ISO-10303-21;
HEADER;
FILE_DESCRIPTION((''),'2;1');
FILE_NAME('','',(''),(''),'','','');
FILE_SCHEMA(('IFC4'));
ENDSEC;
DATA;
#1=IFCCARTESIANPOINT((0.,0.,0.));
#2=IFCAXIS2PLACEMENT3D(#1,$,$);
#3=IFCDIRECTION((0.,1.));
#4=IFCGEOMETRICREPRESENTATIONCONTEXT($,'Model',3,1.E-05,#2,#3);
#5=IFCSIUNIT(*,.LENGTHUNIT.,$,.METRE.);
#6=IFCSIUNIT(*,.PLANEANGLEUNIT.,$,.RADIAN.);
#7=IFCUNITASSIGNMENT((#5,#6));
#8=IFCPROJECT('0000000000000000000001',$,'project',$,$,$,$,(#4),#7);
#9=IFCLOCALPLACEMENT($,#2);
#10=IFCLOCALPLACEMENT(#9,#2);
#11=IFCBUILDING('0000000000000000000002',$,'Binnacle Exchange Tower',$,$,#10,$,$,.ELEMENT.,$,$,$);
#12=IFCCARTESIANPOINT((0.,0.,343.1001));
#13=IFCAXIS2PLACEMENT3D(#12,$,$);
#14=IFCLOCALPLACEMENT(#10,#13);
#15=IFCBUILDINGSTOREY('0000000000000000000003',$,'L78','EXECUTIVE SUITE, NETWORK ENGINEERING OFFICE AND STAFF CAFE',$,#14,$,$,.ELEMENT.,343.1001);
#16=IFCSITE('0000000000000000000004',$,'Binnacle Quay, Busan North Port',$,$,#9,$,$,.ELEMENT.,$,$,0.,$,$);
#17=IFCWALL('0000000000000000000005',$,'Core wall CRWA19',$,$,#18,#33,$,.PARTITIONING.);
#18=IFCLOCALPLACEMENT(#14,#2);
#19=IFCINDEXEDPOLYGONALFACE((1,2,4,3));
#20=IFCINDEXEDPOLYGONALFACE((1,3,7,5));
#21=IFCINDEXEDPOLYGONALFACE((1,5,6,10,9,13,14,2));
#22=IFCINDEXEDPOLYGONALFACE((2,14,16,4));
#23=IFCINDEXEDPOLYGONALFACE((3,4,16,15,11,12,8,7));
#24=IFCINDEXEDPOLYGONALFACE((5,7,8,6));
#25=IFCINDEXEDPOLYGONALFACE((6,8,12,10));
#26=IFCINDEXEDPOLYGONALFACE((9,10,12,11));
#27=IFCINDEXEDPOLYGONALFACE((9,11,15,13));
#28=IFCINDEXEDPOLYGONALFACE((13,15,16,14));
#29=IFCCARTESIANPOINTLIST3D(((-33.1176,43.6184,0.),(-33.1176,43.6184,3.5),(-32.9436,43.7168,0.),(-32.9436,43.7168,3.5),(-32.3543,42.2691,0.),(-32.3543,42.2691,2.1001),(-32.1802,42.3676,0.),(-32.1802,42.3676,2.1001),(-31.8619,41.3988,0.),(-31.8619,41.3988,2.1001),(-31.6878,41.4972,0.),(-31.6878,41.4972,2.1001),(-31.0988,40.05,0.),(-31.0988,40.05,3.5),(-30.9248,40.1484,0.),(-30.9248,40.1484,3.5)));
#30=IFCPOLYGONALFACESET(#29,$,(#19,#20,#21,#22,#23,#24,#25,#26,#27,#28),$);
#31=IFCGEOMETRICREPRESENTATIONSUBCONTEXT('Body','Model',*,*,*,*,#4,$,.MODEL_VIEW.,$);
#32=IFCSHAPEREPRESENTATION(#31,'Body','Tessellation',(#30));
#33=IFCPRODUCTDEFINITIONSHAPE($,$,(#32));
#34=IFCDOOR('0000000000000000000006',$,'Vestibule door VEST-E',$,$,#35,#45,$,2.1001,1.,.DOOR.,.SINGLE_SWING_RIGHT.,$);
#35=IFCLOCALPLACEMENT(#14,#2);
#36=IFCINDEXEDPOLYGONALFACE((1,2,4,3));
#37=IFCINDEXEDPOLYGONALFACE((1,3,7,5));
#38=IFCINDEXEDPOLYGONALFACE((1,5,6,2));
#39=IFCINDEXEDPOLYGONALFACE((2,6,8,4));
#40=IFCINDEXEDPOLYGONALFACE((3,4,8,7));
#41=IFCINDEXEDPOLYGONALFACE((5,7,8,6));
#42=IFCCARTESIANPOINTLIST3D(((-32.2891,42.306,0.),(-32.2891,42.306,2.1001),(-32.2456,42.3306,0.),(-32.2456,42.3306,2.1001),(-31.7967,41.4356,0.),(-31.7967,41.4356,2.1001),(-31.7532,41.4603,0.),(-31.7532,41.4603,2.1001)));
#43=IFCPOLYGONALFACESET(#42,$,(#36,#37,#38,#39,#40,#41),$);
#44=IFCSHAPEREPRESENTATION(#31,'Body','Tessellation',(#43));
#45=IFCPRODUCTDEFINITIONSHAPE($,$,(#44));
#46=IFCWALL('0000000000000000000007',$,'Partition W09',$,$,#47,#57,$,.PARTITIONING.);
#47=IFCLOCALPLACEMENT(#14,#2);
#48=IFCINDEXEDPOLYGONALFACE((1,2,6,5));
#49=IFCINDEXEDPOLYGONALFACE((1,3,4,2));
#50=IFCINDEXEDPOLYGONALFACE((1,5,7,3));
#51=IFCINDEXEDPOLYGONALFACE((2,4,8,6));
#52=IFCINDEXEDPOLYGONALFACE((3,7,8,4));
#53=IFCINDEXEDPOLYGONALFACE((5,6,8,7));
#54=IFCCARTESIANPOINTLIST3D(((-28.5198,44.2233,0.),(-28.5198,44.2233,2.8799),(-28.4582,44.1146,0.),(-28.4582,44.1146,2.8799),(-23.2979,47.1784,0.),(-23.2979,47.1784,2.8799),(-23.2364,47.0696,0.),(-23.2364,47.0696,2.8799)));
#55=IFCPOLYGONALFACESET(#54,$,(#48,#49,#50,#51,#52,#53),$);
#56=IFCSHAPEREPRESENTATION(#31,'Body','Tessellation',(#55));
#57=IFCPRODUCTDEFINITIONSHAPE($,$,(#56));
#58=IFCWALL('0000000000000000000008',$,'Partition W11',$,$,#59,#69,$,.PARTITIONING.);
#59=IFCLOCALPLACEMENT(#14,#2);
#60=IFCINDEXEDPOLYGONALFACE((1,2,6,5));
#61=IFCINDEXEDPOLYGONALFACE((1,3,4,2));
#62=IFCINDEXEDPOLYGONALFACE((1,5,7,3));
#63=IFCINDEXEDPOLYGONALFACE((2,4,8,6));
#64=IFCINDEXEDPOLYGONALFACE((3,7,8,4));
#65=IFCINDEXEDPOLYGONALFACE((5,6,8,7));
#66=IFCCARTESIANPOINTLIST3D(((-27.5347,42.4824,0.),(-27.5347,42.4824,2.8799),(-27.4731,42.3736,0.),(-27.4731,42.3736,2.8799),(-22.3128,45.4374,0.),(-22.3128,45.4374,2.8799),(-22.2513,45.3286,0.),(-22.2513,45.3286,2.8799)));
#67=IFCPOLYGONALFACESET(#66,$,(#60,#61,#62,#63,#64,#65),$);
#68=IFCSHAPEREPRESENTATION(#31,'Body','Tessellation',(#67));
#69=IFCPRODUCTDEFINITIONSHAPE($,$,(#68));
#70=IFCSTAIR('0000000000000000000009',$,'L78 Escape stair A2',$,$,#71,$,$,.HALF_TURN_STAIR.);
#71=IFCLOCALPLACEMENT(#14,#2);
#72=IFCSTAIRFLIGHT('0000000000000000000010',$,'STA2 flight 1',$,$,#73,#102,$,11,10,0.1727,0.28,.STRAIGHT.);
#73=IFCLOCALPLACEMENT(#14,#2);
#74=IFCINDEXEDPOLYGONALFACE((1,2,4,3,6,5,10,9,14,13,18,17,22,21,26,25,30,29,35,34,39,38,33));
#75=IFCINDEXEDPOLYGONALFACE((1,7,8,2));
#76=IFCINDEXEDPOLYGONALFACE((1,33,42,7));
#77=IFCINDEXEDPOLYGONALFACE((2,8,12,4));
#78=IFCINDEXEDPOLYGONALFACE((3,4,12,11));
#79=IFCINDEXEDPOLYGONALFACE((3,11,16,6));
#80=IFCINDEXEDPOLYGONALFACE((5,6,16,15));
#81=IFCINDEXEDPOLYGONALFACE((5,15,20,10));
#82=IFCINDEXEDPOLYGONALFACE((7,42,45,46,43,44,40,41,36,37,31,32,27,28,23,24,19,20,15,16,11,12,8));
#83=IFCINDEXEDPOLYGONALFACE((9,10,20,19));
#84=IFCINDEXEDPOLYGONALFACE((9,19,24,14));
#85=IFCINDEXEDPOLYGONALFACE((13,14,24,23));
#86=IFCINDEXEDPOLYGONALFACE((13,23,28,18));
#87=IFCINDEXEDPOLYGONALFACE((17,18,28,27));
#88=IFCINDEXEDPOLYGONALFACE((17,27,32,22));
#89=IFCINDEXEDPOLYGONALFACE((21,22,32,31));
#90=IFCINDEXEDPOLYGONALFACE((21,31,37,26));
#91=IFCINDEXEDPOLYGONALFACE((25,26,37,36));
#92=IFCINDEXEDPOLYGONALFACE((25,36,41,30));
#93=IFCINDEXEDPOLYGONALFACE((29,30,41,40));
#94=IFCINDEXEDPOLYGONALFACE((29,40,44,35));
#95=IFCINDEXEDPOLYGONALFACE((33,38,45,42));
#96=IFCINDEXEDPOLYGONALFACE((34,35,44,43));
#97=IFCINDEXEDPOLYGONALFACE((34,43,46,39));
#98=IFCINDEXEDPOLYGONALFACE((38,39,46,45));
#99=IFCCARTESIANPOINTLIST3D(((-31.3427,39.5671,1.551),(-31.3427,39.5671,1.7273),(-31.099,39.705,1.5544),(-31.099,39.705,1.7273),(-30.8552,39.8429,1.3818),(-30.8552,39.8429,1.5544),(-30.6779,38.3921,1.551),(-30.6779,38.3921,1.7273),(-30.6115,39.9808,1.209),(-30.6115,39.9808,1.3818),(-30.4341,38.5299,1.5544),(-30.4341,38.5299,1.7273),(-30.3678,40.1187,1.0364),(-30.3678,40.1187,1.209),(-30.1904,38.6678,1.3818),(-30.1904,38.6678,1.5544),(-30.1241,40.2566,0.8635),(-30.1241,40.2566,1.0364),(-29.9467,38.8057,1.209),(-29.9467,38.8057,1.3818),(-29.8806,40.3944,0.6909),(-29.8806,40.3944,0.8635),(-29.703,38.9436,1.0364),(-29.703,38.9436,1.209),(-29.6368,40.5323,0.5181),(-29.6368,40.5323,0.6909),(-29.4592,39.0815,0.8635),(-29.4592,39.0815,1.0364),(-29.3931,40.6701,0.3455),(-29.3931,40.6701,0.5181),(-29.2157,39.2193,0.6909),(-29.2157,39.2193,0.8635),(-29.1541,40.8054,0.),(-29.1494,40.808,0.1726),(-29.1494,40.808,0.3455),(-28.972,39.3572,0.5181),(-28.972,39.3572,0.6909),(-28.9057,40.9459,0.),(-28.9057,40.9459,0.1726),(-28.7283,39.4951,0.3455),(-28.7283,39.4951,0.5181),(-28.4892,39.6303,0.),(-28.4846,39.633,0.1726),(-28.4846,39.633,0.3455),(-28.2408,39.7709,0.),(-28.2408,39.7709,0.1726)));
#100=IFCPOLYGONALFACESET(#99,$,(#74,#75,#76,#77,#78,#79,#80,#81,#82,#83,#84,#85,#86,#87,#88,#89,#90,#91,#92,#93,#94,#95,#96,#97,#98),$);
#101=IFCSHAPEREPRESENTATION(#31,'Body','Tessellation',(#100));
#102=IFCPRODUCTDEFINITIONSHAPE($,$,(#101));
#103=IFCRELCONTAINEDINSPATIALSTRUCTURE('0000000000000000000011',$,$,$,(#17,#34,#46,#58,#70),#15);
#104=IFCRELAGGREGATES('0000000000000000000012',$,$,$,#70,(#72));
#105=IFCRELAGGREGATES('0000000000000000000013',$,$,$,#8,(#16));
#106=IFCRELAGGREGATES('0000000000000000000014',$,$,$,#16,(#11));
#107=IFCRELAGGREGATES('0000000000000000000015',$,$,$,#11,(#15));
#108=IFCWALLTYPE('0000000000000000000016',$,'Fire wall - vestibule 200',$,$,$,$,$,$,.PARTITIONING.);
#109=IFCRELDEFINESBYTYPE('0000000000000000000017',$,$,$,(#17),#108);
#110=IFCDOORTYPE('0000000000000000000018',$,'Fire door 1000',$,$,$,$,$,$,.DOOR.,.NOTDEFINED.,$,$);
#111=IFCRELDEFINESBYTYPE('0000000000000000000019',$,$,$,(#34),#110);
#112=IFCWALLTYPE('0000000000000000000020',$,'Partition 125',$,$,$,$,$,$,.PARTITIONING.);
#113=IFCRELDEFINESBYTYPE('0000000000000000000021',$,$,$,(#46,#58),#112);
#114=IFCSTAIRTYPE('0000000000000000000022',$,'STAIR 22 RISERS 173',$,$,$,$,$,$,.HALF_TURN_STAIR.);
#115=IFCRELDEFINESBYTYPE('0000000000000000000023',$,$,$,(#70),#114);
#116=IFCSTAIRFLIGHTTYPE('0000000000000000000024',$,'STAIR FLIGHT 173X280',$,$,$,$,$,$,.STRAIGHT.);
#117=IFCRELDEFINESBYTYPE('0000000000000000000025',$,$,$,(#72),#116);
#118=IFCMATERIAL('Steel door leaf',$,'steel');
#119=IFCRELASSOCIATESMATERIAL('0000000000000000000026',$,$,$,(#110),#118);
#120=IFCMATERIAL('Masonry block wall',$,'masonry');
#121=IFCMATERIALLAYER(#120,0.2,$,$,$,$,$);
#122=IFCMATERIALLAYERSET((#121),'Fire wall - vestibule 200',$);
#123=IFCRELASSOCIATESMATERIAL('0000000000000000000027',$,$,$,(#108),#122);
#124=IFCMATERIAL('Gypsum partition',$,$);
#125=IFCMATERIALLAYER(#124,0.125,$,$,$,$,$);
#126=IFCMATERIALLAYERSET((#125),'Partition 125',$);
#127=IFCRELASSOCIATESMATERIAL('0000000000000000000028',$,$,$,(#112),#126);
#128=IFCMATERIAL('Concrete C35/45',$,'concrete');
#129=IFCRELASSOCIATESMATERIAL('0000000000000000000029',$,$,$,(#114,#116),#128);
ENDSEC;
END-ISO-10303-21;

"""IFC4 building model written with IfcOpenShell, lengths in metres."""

from ifc_helpers import new_model, si_unit, direction, frame, frame_2d, origin, place, context, subcontext, project, spatial, polyline, rectangle, outline, extrude, material, layer, layer_set, type_object, element, fill, aggregate, save


model = new_model("IFC4")

# Units and contexts
model_context = context("Model", 3, precision=1e-05, world=origin(), true_north=direction((0.0, 1.0)))
body_context = subcontext(model_context, "Body", "Model", "MODEL_VIEW")
ifc_project = project(units=[si_unit("LENGTHUNIT", "METRE"), si_unit("PLANEANGLEUNIT", "RADIAN")], contexts=[model_context])

# Site, building, storey
site_placement = place(None, origin())
site = spatial("IfcSite", under=ifc_project, at=site_placement, Name="Binnacle Quay, Busan North Port", CompositionType="ELEMENT", RefElevation=0.0)
building_placement = place(site_placement, origin())
building = spatial("IfcBuilding", under=site, at=building_placement, Name="Binnacle Exchange Tower", CompositionType="ELEMENT")
storey_placement = place(building_placement, frame((0.0, 0.0, 343.1001)))
storey = spatial("IfcBuildingStorey", under=building, at=storey_placement, Name="L78", Description="EXECUTIVE SUITE, NETWORK ENGINEERING OFFICE AND STAFF CAFE", CompositionType="ELEMENT", Elevation=343.1001)

# Shared definitions
ifc_material_1 = material(Name="Steel door leaf", Category="steel")

# Shared definitions
door_type_1 = type_object("IfcDoorType", Name="Fire door 1000", OperationType="NOTDEFINED", PredefinedType="DOOR", material=ifc_material_1)

# Wall, opening, door
ifc_material_2 = material(Name="Masonry block wall", Category="masonry")
ifc_layer_1 = layer(ifc_material_2, 0.2)
ifc_layer_set_1 = layer_set([ifc_layer_1], Name="Fire wall - vestibule 200")
wall_type_1 = type_object("IfcWallType", Name="Fire wall - vestibule 200", PredefinedType="PARTITIONING", material=ifc_layer_set_1)
wall_1_placement = place(storey_placement, frame((-33.0305, 43.6675, 0.0), z_axis=(0.0, 0.0, 1.0), x_axis=(0.492408, -0.870364, 0.0)))
wall_1 = element("IfcWall", 1, at=wall_1_placement, inside=storey, type_object=wall_type_1, Name="Core wall CRWA19", PredefinedType="PARTITIONING", context=body_context, shape_type="SweptSolid", body=[
    extrude(rectangle(XDim=4.0999, YDim=0.2, at=frame_2d((2.0498, 0.0))), origin(), (0.0, 0.0, 1.0), 3.5),
])
opening_1_placement = place(wall_1_placement, frame((1.55, 0.0, 0.0)))
opening_1 = element("IfcOpeningElement", 2, at=opening_1_placement, cuts=wall_1, PredefinedType="OPENING", context=body_context, shape_type="SweptSolid", body=[
    extrude(rectangle(XDim=1.0, YDim=2.1001, at=frame_2d((0.5, 1.05))), frame((0.0, 0.1099, 0.0), z_axis=(0.0, -1.0, 0.0), x_axis=(1.0, 0.0, 0.0)), (0.0, 0.0, 1.0), 0.22),
])
door_1_placement = place(opening_1_placement, origin())
door_1 = element("IfcDoor", 3, at=door_1_placement, inside=storey, type_object=door_type_1, Name="Vestibule door VEST-E", OperationType="SINGLE_SWING_RIGHT", OverallHeight=2.1001, OverallWidth=1.0, PredefinedType="DOOR", context=body_context, shape_type="SweptSolid", body=[
    extrude(rectangle(XDim=1.0, YDim=2.1001, at=frame_2d((0.5, 1.05))), frame((0.0, 0.0249, 0.0), z_axis=(0.0, -1.0, 0.0), x_axis=(1.0, 0.0, 0.0)), (0.0, 0.0, 1.0), 0.05),
])
fill(opening_1, door_1)

# Walls
ifc_material_3 = material(Name="Gypsum partition")
ifc_layer_2 = layer(ifc_material_3, 0.125)
ifc_layer_set_2 = layer_set([ifc_layer_2], Name="Partition 125")
wall_type_2 = type_object("IfcWallType", Name="Partition 125", PredefinedType="PARTITIONING", material=ifc_layer_set_2)
for number, where, z_axis, x_axis, name in (
    (4, (-28.489, 44.1689, 0.0), (0.0, 0.0, 1.0), (0.870309, 0.492506, 0.0), "Partition W09"),
    (5, (-27.5039, 42.428, 0.0), (0.0, 0.0, 1.0), (0.870309, 0.492506, 0.0), "Partition W11"),
):
    element("IfcWall", number, at=place(storey_placement, frame(where, z_axis=z_axis, x_axis=x_axis)), inside=storey, type_object=wall_type_2, Name=name, PredefinedType="PARTITIONING", context=body_context, shape_type="SweptSolid", body=[
        extrude(rectangle(XDim=6.0, YDim=0.125, at=frame_2d((3.0, 0.0))), origin(), (0.0, 0.0, 1.0), 2.8799),
    ])

# Stair, stair flight
ifc_material_4 = material(Name="Concrete C35/45", Category="concrete")
stair_type = type_object("IfcStairType", Name="STAIR 22 RISERS 173", PredefinedType="HALF_TURN_STAIR", material=ifc_material_4)
stair_placement = place(storey_placement, origin())
stair = element("IfcStair", 6, at=stair_placement, inside=storey, type_object=stair_type, Name="L78 Escape stair A2", PredefinedType="HALF_TURN_STAIR")
stair_flight_type = type_object("IfcStairFlightType", Name="STAIR FLIGHT 173X280", PredefinedType="STRAIGHT", material=ifc_material_4)
stair_flight_placement = place(storey_placement, frame((-28.5732, 40.3584, 0.0), z_axis=(0.0, 0.0, 1.0), x_axis=(-0.870356, -0.492424, 0.0)))
stair_flight = element("IfcStairFlight", 7, at=stair_flight_placement, type_object=stair_flight_type, Name="STA2 flight 1", NumberOfRisers=11, NumberOfTreads=10, PredefinedType="STRAIGHT", RiserHeight=0.1727, TreadLength=0.28, context=body_context, shape_type="SweptSolid", body=[
    extrude(outline(polyline([(0.0, 0.0), (0.0, 0.1726), (0.28, 0.1726), (0.28, 0.3455), (0.5601, 0.3455), (0.5601, 0.5181), (0.8401, 0.5181), (0.8401, 0.6909), (1.1201, 0.6909), (1.1201, 0.8635), (1.3999, 0.8635), (1.3999, 1.0364), (1.6799, 1.0364), (1.6799, 1.209), (1.96, 1.209), (1.96, 1.3818), (2.24, 1.3818), (2.24, 1.5544), (2.52, 1.5544), (2.52, 1.7273), (2.8, 1.7273), (2.8, 1.8999), (2.8, 1.551), (0.2854, 0.0), (0.0, 0.0)])), frame((0.0, 0.675, 0.0), z_axis=(0.0, -1.0, 0.0), x_axis=(1.0, 0.0, 0.0)), (0.0, 0.0, 1.0), 1.3501),
])
aggregate(stair, [stair_flight])

save(model, "model.ifc")
